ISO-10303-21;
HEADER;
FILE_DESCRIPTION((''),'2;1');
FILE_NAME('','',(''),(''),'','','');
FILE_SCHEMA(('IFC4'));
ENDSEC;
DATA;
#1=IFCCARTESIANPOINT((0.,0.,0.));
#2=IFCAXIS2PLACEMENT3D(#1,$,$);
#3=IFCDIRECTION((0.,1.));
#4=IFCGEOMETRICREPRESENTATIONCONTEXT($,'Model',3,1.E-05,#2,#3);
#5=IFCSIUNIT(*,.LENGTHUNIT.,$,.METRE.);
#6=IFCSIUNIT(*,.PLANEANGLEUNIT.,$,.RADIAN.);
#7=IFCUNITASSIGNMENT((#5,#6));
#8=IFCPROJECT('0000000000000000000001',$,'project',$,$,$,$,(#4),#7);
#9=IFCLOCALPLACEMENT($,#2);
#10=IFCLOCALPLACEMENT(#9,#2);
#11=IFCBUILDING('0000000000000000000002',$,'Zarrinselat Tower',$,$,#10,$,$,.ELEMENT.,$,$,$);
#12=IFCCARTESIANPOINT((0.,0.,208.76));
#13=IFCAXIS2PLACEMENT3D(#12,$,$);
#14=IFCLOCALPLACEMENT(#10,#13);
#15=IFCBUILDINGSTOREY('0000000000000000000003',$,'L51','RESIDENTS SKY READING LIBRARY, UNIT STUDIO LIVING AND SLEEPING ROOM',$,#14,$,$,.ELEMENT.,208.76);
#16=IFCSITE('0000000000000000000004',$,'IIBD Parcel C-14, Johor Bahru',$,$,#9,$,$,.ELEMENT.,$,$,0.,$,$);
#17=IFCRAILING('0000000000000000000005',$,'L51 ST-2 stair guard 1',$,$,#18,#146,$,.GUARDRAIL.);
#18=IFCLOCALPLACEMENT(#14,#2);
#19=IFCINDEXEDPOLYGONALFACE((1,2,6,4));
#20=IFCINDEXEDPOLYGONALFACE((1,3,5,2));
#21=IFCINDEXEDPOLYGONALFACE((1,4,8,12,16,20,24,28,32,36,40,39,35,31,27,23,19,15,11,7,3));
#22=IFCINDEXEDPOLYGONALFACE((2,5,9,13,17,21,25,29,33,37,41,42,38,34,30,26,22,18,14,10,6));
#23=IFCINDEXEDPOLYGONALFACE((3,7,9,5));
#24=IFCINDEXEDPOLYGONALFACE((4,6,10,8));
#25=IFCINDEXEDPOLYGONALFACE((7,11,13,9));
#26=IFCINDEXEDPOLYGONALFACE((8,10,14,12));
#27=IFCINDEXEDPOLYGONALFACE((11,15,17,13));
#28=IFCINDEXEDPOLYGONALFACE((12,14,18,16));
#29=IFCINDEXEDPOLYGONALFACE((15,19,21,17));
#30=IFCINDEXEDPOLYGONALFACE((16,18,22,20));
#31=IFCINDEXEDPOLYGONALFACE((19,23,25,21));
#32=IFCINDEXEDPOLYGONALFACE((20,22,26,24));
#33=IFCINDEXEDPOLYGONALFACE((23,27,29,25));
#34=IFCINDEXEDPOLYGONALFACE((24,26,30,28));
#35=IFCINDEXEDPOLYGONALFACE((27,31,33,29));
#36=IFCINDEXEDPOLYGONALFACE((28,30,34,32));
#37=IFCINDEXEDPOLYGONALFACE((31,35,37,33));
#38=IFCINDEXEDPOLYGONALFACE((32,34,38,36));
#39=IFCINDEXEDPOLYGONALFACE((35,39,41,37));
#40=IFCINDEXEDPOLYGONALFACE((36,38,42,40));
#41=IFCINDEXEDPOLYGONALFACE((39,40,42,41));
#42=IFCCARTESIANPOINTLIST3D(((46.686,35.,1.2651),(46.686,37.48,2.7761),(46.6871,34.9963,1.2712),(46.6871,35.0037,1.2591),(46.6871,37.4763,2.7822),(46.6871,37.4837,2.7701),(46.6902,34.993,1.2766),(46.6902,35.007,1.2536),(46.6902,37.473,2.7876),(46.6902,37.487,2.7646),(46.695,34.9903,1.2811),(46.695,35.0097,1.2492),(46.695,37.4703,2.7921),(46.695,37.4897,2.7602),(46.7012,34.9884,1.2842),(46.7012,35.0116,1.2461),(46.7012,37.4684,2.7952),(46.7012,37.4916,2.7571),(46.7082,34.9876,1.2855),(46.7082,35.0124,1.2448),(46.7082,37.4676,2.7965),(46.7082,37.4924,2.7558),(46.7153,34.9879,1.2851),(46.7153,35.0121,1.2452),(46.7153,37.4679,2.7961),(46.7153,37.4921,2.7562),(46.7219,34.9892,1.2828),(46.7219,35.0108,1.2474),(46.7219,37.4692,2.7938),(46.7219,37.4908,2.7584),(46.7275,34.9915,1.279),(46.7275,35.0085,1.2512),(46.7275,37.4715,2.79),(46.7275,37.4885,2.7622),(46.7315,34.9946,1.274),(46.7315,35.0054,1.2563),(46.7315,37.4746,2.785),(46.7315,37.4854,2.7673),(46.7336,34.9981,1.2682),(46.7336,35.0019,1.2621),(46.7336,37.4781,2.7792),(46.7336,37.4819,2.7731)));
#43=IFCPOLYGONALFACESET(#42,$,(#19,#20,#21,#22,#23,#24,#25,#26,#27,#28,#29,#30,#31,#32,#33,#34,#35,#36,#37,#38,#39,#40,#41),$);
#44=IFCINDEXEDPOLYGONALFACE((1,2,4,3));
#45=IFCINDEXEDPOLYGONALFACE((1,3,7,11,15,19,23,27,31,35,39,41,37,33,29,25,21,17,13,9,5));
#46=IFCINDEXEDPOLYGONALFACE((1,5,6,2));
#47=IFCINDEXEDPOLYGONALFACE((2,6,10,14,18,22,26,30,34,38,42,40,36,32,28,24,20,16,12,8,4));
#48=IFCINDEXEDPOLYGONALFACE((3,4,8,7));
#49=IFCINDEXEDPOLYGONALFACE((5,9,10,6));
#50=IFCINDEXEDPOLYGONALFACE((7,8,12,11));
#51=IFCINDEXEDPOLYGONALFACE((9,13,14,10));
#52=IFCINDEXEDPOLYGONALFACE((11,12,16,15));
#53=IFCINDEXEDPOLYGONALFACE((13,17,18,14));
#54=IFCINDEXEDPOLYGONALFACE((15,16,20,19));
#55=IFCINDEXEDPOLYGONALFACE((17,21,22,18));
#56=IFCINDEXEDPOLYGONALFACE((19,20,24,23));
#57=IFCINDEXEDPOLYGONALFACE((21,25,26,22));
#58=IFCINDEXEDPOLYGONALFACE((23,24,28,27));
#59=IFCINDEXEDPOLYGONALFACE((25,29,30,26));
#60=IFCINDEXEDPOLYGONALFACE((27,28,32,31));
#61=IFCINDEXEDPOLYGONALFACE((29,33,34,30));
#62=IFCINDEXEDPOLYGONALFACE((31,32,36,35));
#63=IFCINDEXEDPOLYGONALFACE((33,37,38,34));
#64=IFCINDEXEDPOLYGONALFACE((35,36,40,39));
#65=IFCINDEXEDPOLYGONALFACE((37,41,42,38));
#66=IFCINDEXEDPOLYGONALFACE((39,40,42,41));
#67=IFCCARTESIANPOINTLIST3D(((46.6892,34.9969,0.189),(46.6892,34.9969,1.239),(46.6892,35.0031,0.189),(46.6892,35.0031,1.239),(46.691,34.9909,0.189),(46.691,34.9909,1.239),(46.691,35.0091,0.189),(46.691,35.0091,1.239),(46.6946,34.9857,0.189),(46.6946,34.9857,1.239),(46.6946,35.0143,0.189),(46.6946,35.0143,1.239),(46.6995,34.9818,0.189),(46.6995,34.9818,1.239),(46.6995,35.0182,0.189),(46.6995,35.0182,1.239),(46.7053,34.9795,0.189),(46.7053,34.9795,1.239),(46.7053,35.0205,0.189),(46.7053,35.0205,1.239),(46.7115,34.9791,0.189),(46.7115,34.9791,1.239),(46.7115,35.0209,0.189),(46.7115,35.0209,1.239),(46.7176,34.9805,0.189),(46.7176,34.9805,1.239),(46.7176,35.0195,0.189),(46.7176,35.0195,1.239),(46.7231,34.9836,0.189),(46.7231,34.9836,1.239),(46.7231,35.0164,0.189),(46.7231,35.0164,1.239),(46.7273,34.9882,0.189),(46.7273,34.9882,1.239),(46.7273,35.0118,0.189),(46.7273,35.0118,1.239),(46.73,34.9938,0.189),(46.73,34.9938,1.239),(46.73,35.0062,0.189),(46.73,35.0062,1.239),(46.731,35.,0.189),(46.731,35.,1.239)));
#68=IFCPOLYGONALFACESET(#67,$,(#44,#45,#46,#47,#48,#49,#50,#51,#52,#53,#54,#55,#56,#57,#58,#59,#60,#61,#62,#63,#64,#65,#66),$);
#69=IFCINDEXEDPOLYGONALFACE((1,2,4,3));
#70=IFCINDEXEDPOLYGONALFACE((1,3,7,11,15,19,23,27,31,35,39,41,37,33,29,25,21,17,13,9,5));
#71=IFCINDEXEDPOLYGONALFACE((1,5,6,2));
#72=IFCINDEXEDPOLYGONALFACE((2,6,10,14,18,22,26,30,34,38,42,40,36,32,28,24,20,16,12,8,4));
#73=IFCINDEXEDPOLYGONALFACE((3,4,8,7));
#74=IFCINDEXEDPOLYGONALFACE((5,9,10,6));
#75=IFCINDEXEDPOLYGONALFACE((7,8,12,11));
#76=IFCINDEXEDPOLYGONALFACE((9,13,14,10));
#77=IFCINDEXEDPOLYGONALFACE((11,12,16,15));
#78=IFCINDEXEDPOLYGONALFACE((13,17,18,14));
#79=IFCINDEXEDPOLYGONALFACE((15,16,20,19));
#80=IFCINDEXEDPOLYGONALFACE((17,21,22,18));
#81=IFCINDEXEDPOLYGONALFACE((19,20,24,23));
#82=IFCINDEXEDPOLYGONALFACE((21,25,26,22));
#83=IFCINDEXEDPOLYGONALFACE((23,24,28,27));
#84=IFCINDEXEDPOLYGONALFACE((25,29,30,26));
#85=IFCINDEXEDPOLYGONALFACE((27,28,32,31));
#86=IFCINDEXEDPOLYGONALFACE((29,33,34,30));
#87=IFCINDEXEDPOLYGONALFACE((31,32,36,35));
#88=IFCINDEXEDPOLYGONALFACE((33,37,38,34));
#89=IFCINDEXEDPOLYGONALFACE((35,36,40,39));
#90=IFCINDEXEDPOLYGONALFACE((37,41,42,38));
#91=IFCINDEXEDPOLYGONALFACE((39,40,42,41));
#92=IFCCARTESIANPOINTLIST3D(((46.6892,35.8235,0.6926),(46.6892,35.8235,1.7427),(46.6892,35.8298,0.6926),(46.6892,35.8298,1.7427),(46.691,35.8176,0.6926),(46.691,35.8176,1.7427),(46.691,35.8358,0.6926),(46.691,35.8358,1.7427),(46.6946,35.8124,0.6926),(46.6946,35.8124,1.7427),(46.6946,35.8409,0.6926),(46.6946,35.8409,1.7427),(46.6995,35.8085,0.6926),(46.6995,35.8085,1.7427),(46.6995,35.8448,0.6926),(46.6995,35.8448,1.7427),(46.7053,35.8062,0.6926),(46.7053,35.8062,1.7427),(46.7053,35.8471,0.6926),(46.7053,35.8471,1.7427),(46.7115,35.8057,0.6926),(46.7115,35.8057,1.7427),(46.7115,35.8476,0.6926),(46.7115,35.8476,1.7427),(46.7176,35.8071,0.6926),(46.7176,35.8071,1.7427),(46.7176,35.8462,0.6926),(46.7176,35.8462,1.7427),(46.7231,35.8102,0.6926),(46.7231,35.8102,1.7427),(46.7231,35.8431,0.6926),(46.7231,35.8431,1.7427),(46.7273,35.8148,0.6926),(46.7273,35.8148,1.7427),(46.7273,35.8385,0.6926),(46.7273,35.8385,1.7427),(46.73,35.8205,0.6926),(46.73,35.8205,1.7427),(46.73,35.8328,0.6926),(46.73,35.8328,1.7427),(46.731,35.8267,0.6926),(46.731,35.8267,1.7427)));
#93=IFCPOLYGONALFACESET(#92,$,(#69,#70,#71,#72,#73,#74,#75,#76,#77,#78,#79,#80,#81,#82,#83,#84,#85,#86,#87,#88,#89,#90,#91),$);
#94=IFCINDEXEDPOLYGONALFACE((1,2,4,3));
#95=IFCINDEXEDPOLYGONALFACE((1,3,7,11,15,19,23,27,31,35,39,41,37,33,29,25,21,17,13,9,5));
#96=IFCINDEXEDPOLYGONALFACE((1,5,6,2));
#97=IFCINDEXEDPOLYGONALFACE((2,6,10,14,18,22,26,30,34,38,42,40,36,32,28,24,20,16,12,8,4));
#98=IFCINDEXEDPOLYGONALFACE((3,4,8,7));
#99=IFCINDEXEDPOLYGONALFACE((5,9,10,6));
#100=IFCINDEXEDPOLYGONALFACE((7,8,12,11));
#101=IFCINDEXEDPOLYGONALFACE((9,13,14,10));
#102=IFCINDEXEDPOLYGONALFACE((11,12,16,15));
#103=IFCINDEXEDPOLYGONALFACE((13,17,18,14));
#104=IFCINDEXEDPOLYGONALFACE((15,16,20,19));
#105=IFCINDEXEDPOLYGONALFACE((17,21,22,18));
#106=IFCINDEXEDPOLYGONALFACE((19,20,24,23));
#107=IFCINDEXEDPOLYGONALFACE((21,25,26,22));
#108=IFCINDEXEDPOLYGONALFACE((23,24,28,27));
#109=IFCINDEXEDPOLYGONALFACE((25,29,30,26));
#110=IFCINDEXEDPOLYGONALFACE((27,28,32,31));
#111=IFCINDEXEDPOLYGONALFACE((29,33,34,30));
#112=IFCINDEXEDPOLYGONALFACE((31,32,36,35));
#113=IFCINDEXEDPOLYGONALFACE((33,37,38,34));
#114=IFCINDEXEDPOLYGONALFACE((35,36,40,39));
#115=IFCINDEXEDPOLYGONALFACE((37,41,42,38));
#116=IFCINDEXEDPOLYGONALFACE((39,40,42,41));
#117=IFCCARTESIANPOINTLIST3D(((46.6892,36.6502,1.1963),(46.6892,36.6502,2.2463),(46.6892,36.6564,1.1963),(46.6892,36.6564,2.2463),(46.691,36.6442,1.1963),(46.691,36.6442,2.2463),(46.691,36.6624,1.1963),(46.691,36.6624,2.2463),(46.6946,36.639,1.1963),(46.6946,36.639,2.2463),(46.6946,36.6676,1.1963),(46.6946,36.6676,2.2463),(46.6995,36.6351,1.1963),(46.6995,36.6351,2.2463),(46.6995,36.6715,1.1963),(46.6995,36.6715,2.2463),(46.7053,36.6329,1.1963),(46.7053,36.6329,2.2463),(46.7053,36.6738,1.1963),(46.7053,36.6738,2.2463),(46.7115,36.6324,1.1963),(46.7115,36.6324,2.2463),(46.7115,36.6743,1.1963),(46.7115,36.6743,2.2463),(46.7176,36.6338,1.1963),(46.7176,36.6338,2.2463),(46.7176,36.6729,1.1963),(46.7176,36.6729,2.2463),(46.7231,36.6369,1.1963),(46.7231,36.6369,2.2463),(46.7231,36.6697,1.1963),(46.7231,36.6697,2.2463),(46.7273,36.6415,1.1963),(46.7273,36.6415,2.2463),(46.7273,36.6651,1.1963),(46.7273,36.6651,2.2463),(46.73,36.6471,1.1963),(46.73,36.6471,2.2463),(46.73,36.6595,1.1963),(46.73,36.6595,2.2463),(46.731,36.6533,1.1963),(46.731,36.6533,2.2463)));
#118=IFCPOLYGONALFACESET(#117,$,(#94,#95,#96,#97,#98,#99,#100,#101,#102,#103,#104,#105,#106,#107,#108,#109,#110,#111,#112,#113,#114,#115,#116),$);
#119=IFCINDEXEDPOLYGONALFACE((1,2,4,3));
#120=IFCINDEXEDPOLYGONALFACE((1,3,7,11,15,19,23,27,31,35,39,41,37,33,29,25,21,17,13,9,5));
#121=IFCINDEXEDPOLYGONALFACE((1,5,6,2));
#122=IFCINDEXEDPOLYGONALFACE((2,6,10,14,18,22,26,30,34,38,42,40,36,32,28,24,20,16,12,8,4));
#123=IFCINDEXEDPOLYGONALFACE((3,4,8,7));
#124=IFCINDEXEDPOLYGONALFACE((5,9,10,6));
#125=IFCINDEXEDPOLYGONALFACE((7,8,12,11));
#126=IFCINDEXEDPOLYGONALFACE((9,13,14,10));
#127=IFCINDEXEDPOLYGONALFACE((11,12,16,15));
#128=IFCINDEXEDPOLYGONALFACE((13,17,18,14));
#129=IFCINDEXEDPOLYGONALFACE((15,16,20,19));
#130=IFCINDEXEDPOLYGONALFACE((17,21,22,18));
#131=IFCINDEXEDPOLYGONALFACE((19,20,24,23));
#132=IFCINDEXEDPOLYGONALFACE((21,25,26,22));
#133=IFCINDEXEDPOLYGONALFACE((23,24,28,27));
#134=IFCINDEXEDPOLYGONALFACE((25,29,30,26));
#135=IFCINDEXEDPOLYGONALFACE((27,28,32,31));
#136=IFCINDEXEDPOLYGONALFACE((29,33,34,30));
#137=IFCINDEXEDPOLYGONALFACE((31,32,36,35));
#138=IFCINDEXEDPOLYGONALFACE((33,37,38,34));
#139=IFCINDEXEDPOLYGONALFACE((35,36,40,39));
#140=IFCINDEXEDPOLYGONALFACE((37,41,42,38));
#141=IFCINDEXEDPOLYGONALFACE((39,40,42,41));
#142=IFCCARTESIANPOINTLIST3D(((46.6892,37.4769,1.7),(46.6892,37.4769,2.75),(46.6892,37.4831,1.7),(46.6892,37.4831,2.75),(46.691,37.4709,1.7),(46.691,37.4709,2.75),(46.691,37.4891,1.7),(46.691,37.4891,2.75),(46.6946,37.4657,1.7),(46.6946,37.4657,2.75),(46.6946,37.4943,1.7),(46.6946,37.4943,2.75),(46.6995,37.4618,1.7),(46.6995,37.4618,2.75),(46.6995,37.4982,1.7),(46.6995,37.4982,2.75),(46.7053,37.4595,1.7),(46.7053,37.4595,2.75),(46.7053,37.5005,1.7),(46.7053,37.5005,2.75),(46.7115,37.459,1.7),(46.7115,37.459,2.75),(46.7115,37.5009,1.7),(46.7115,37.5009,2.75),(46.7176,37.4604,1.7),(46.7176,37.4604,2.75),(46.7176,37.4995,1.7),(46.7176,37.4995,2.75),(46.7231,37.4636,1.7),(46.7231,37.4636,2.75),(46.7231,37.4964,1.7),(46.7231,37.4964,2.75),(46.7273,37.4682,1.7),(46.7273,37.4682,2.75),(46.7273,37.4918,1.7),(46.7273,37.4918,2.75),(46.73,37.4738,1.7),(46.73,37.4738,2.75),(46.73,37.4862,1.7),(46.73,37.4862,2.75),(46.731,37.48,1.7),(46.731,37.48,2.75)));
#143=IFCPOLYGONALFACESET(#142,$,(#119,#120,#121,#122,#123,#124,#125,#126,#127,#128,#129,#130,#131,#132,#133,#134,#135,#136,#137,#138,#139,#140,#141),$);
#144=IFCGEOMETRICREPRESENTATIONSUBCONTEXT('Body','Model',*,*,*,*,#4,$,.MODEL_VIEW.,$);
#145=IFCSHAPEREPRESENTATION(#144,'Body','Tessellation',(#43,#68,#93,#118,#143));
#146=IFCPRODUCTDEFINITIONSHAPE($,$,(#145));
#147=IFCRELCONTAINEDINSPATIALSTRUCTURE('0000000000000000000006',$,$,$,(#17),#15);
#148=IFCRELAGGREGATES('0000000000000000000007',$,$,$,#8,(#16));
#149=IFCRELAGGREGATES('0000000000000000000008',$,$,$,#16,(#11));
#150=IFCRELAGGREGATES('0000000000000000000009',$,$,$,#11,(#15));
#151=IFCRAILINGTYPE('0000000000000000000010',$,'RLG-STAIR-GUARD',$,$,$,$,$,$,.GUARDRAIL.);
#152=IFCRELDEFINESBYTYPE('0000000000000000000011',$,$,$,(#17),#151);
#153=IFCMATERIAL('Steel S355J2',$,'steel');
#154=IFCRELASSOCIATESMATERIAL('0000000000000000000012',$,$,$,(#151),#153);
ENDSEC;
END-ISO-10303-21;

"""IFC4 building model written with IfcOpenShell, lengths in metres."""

from ifc_helpers import new_model, si_unit, direction, frame, origin, origin_2d, place, context, subcontext, project, spatial, circle, extrude, material, type_object, element, save


model = new_model("IFC4")

# Units and contexts
model_context = context("Model", 3, precision=1e-05, world=origin(), true_north=direction((0.0, 1.0)))
body_context = subcontext(model_context, "Body", "Model", "MODEL_VIEW")
ifc_project = project(units=[si_unit("LENGTHUNIT", "METRE"), si_unit("PLANEANGLEUNIT", "RADIAN")], contexts=[model_context])

# Site, building, storey
site_placement = place(None, origin())
site = spatial("IfcSite", under=ifc_project, at=site_placement, Name="IIBD Parcel C-14, Johor Bahru", CompositionType="ELEMENT", RefElevation=0.0)
building_placement = place(site_placement, origin())
building = spatial("IfcBuilding", under=site, at=building_placement, Name="Zarrinselat Tower", CompositionType="ELEMENT")
storey_placement = place(building_placement, frame((0.0, 0.0, 208.76)))
storey = spatial("IfcBuildingStorey", under=building, at=storey_placement, Name="L51", Description="RESIDENTS SKY READING LIBRARY, UNIT STUDIO LIVING AND SLEEPING ROOM", CompositionType="ELEMENT", Elevation=208.76)

# Railing
ifc_material_1 = material(Name="Steel S355J2", Category="steel")
railing_type_1 = type_object("IfcRailingType", Name="RLG-STAIR-GUARD", PredefinedType="GUARDRAIL", material=ifc_material_1)
railing_1_placement = place(storey_placement, frame((46.71, 35.0, 0.189)))
element("IfcRailing", 1, at=railing_1_placement, inside=storey, type_object=railing_type_1, Name="L51 ST-2 stair guard 1", PredefinedType="GUARDRAIL", context=body_context, shape_type="SweptSolid", body=[
    extrude(circle(Radius=0.0239, at=origin_2d()), frame((0.0, 0.0, 1.0762), z_axis=(0.0, 0.853979, 0.520307), x_axis=(-1.0, 0.0, 0.0)), (0.0, 0.0, 1.0), 2.9041),
    extrude(circle(Radius=0.021, at=origin_2d()), origin(), (0.0, 0.0, 1.0), 1.05),
    extrude(circle(Radius=0.021, at=origin_2d()), frame((0.0, 0.8267, 0.5037)), (0.0, 0.0, 1.0), 1.05),
    extrude(circle(Radius=0.021, at=origin_2d()), frame((0.0, 1.6533, 1.0073)), (0.0, 0.0, 1.0), 1.05),
    extrude(circle(Radius=0.021, at=origin_2d()), frame((0.0, 2.48, 1.511)), (0.0, 0.0, 1.0), 1.05),
])

save(model, "model.ifc")
